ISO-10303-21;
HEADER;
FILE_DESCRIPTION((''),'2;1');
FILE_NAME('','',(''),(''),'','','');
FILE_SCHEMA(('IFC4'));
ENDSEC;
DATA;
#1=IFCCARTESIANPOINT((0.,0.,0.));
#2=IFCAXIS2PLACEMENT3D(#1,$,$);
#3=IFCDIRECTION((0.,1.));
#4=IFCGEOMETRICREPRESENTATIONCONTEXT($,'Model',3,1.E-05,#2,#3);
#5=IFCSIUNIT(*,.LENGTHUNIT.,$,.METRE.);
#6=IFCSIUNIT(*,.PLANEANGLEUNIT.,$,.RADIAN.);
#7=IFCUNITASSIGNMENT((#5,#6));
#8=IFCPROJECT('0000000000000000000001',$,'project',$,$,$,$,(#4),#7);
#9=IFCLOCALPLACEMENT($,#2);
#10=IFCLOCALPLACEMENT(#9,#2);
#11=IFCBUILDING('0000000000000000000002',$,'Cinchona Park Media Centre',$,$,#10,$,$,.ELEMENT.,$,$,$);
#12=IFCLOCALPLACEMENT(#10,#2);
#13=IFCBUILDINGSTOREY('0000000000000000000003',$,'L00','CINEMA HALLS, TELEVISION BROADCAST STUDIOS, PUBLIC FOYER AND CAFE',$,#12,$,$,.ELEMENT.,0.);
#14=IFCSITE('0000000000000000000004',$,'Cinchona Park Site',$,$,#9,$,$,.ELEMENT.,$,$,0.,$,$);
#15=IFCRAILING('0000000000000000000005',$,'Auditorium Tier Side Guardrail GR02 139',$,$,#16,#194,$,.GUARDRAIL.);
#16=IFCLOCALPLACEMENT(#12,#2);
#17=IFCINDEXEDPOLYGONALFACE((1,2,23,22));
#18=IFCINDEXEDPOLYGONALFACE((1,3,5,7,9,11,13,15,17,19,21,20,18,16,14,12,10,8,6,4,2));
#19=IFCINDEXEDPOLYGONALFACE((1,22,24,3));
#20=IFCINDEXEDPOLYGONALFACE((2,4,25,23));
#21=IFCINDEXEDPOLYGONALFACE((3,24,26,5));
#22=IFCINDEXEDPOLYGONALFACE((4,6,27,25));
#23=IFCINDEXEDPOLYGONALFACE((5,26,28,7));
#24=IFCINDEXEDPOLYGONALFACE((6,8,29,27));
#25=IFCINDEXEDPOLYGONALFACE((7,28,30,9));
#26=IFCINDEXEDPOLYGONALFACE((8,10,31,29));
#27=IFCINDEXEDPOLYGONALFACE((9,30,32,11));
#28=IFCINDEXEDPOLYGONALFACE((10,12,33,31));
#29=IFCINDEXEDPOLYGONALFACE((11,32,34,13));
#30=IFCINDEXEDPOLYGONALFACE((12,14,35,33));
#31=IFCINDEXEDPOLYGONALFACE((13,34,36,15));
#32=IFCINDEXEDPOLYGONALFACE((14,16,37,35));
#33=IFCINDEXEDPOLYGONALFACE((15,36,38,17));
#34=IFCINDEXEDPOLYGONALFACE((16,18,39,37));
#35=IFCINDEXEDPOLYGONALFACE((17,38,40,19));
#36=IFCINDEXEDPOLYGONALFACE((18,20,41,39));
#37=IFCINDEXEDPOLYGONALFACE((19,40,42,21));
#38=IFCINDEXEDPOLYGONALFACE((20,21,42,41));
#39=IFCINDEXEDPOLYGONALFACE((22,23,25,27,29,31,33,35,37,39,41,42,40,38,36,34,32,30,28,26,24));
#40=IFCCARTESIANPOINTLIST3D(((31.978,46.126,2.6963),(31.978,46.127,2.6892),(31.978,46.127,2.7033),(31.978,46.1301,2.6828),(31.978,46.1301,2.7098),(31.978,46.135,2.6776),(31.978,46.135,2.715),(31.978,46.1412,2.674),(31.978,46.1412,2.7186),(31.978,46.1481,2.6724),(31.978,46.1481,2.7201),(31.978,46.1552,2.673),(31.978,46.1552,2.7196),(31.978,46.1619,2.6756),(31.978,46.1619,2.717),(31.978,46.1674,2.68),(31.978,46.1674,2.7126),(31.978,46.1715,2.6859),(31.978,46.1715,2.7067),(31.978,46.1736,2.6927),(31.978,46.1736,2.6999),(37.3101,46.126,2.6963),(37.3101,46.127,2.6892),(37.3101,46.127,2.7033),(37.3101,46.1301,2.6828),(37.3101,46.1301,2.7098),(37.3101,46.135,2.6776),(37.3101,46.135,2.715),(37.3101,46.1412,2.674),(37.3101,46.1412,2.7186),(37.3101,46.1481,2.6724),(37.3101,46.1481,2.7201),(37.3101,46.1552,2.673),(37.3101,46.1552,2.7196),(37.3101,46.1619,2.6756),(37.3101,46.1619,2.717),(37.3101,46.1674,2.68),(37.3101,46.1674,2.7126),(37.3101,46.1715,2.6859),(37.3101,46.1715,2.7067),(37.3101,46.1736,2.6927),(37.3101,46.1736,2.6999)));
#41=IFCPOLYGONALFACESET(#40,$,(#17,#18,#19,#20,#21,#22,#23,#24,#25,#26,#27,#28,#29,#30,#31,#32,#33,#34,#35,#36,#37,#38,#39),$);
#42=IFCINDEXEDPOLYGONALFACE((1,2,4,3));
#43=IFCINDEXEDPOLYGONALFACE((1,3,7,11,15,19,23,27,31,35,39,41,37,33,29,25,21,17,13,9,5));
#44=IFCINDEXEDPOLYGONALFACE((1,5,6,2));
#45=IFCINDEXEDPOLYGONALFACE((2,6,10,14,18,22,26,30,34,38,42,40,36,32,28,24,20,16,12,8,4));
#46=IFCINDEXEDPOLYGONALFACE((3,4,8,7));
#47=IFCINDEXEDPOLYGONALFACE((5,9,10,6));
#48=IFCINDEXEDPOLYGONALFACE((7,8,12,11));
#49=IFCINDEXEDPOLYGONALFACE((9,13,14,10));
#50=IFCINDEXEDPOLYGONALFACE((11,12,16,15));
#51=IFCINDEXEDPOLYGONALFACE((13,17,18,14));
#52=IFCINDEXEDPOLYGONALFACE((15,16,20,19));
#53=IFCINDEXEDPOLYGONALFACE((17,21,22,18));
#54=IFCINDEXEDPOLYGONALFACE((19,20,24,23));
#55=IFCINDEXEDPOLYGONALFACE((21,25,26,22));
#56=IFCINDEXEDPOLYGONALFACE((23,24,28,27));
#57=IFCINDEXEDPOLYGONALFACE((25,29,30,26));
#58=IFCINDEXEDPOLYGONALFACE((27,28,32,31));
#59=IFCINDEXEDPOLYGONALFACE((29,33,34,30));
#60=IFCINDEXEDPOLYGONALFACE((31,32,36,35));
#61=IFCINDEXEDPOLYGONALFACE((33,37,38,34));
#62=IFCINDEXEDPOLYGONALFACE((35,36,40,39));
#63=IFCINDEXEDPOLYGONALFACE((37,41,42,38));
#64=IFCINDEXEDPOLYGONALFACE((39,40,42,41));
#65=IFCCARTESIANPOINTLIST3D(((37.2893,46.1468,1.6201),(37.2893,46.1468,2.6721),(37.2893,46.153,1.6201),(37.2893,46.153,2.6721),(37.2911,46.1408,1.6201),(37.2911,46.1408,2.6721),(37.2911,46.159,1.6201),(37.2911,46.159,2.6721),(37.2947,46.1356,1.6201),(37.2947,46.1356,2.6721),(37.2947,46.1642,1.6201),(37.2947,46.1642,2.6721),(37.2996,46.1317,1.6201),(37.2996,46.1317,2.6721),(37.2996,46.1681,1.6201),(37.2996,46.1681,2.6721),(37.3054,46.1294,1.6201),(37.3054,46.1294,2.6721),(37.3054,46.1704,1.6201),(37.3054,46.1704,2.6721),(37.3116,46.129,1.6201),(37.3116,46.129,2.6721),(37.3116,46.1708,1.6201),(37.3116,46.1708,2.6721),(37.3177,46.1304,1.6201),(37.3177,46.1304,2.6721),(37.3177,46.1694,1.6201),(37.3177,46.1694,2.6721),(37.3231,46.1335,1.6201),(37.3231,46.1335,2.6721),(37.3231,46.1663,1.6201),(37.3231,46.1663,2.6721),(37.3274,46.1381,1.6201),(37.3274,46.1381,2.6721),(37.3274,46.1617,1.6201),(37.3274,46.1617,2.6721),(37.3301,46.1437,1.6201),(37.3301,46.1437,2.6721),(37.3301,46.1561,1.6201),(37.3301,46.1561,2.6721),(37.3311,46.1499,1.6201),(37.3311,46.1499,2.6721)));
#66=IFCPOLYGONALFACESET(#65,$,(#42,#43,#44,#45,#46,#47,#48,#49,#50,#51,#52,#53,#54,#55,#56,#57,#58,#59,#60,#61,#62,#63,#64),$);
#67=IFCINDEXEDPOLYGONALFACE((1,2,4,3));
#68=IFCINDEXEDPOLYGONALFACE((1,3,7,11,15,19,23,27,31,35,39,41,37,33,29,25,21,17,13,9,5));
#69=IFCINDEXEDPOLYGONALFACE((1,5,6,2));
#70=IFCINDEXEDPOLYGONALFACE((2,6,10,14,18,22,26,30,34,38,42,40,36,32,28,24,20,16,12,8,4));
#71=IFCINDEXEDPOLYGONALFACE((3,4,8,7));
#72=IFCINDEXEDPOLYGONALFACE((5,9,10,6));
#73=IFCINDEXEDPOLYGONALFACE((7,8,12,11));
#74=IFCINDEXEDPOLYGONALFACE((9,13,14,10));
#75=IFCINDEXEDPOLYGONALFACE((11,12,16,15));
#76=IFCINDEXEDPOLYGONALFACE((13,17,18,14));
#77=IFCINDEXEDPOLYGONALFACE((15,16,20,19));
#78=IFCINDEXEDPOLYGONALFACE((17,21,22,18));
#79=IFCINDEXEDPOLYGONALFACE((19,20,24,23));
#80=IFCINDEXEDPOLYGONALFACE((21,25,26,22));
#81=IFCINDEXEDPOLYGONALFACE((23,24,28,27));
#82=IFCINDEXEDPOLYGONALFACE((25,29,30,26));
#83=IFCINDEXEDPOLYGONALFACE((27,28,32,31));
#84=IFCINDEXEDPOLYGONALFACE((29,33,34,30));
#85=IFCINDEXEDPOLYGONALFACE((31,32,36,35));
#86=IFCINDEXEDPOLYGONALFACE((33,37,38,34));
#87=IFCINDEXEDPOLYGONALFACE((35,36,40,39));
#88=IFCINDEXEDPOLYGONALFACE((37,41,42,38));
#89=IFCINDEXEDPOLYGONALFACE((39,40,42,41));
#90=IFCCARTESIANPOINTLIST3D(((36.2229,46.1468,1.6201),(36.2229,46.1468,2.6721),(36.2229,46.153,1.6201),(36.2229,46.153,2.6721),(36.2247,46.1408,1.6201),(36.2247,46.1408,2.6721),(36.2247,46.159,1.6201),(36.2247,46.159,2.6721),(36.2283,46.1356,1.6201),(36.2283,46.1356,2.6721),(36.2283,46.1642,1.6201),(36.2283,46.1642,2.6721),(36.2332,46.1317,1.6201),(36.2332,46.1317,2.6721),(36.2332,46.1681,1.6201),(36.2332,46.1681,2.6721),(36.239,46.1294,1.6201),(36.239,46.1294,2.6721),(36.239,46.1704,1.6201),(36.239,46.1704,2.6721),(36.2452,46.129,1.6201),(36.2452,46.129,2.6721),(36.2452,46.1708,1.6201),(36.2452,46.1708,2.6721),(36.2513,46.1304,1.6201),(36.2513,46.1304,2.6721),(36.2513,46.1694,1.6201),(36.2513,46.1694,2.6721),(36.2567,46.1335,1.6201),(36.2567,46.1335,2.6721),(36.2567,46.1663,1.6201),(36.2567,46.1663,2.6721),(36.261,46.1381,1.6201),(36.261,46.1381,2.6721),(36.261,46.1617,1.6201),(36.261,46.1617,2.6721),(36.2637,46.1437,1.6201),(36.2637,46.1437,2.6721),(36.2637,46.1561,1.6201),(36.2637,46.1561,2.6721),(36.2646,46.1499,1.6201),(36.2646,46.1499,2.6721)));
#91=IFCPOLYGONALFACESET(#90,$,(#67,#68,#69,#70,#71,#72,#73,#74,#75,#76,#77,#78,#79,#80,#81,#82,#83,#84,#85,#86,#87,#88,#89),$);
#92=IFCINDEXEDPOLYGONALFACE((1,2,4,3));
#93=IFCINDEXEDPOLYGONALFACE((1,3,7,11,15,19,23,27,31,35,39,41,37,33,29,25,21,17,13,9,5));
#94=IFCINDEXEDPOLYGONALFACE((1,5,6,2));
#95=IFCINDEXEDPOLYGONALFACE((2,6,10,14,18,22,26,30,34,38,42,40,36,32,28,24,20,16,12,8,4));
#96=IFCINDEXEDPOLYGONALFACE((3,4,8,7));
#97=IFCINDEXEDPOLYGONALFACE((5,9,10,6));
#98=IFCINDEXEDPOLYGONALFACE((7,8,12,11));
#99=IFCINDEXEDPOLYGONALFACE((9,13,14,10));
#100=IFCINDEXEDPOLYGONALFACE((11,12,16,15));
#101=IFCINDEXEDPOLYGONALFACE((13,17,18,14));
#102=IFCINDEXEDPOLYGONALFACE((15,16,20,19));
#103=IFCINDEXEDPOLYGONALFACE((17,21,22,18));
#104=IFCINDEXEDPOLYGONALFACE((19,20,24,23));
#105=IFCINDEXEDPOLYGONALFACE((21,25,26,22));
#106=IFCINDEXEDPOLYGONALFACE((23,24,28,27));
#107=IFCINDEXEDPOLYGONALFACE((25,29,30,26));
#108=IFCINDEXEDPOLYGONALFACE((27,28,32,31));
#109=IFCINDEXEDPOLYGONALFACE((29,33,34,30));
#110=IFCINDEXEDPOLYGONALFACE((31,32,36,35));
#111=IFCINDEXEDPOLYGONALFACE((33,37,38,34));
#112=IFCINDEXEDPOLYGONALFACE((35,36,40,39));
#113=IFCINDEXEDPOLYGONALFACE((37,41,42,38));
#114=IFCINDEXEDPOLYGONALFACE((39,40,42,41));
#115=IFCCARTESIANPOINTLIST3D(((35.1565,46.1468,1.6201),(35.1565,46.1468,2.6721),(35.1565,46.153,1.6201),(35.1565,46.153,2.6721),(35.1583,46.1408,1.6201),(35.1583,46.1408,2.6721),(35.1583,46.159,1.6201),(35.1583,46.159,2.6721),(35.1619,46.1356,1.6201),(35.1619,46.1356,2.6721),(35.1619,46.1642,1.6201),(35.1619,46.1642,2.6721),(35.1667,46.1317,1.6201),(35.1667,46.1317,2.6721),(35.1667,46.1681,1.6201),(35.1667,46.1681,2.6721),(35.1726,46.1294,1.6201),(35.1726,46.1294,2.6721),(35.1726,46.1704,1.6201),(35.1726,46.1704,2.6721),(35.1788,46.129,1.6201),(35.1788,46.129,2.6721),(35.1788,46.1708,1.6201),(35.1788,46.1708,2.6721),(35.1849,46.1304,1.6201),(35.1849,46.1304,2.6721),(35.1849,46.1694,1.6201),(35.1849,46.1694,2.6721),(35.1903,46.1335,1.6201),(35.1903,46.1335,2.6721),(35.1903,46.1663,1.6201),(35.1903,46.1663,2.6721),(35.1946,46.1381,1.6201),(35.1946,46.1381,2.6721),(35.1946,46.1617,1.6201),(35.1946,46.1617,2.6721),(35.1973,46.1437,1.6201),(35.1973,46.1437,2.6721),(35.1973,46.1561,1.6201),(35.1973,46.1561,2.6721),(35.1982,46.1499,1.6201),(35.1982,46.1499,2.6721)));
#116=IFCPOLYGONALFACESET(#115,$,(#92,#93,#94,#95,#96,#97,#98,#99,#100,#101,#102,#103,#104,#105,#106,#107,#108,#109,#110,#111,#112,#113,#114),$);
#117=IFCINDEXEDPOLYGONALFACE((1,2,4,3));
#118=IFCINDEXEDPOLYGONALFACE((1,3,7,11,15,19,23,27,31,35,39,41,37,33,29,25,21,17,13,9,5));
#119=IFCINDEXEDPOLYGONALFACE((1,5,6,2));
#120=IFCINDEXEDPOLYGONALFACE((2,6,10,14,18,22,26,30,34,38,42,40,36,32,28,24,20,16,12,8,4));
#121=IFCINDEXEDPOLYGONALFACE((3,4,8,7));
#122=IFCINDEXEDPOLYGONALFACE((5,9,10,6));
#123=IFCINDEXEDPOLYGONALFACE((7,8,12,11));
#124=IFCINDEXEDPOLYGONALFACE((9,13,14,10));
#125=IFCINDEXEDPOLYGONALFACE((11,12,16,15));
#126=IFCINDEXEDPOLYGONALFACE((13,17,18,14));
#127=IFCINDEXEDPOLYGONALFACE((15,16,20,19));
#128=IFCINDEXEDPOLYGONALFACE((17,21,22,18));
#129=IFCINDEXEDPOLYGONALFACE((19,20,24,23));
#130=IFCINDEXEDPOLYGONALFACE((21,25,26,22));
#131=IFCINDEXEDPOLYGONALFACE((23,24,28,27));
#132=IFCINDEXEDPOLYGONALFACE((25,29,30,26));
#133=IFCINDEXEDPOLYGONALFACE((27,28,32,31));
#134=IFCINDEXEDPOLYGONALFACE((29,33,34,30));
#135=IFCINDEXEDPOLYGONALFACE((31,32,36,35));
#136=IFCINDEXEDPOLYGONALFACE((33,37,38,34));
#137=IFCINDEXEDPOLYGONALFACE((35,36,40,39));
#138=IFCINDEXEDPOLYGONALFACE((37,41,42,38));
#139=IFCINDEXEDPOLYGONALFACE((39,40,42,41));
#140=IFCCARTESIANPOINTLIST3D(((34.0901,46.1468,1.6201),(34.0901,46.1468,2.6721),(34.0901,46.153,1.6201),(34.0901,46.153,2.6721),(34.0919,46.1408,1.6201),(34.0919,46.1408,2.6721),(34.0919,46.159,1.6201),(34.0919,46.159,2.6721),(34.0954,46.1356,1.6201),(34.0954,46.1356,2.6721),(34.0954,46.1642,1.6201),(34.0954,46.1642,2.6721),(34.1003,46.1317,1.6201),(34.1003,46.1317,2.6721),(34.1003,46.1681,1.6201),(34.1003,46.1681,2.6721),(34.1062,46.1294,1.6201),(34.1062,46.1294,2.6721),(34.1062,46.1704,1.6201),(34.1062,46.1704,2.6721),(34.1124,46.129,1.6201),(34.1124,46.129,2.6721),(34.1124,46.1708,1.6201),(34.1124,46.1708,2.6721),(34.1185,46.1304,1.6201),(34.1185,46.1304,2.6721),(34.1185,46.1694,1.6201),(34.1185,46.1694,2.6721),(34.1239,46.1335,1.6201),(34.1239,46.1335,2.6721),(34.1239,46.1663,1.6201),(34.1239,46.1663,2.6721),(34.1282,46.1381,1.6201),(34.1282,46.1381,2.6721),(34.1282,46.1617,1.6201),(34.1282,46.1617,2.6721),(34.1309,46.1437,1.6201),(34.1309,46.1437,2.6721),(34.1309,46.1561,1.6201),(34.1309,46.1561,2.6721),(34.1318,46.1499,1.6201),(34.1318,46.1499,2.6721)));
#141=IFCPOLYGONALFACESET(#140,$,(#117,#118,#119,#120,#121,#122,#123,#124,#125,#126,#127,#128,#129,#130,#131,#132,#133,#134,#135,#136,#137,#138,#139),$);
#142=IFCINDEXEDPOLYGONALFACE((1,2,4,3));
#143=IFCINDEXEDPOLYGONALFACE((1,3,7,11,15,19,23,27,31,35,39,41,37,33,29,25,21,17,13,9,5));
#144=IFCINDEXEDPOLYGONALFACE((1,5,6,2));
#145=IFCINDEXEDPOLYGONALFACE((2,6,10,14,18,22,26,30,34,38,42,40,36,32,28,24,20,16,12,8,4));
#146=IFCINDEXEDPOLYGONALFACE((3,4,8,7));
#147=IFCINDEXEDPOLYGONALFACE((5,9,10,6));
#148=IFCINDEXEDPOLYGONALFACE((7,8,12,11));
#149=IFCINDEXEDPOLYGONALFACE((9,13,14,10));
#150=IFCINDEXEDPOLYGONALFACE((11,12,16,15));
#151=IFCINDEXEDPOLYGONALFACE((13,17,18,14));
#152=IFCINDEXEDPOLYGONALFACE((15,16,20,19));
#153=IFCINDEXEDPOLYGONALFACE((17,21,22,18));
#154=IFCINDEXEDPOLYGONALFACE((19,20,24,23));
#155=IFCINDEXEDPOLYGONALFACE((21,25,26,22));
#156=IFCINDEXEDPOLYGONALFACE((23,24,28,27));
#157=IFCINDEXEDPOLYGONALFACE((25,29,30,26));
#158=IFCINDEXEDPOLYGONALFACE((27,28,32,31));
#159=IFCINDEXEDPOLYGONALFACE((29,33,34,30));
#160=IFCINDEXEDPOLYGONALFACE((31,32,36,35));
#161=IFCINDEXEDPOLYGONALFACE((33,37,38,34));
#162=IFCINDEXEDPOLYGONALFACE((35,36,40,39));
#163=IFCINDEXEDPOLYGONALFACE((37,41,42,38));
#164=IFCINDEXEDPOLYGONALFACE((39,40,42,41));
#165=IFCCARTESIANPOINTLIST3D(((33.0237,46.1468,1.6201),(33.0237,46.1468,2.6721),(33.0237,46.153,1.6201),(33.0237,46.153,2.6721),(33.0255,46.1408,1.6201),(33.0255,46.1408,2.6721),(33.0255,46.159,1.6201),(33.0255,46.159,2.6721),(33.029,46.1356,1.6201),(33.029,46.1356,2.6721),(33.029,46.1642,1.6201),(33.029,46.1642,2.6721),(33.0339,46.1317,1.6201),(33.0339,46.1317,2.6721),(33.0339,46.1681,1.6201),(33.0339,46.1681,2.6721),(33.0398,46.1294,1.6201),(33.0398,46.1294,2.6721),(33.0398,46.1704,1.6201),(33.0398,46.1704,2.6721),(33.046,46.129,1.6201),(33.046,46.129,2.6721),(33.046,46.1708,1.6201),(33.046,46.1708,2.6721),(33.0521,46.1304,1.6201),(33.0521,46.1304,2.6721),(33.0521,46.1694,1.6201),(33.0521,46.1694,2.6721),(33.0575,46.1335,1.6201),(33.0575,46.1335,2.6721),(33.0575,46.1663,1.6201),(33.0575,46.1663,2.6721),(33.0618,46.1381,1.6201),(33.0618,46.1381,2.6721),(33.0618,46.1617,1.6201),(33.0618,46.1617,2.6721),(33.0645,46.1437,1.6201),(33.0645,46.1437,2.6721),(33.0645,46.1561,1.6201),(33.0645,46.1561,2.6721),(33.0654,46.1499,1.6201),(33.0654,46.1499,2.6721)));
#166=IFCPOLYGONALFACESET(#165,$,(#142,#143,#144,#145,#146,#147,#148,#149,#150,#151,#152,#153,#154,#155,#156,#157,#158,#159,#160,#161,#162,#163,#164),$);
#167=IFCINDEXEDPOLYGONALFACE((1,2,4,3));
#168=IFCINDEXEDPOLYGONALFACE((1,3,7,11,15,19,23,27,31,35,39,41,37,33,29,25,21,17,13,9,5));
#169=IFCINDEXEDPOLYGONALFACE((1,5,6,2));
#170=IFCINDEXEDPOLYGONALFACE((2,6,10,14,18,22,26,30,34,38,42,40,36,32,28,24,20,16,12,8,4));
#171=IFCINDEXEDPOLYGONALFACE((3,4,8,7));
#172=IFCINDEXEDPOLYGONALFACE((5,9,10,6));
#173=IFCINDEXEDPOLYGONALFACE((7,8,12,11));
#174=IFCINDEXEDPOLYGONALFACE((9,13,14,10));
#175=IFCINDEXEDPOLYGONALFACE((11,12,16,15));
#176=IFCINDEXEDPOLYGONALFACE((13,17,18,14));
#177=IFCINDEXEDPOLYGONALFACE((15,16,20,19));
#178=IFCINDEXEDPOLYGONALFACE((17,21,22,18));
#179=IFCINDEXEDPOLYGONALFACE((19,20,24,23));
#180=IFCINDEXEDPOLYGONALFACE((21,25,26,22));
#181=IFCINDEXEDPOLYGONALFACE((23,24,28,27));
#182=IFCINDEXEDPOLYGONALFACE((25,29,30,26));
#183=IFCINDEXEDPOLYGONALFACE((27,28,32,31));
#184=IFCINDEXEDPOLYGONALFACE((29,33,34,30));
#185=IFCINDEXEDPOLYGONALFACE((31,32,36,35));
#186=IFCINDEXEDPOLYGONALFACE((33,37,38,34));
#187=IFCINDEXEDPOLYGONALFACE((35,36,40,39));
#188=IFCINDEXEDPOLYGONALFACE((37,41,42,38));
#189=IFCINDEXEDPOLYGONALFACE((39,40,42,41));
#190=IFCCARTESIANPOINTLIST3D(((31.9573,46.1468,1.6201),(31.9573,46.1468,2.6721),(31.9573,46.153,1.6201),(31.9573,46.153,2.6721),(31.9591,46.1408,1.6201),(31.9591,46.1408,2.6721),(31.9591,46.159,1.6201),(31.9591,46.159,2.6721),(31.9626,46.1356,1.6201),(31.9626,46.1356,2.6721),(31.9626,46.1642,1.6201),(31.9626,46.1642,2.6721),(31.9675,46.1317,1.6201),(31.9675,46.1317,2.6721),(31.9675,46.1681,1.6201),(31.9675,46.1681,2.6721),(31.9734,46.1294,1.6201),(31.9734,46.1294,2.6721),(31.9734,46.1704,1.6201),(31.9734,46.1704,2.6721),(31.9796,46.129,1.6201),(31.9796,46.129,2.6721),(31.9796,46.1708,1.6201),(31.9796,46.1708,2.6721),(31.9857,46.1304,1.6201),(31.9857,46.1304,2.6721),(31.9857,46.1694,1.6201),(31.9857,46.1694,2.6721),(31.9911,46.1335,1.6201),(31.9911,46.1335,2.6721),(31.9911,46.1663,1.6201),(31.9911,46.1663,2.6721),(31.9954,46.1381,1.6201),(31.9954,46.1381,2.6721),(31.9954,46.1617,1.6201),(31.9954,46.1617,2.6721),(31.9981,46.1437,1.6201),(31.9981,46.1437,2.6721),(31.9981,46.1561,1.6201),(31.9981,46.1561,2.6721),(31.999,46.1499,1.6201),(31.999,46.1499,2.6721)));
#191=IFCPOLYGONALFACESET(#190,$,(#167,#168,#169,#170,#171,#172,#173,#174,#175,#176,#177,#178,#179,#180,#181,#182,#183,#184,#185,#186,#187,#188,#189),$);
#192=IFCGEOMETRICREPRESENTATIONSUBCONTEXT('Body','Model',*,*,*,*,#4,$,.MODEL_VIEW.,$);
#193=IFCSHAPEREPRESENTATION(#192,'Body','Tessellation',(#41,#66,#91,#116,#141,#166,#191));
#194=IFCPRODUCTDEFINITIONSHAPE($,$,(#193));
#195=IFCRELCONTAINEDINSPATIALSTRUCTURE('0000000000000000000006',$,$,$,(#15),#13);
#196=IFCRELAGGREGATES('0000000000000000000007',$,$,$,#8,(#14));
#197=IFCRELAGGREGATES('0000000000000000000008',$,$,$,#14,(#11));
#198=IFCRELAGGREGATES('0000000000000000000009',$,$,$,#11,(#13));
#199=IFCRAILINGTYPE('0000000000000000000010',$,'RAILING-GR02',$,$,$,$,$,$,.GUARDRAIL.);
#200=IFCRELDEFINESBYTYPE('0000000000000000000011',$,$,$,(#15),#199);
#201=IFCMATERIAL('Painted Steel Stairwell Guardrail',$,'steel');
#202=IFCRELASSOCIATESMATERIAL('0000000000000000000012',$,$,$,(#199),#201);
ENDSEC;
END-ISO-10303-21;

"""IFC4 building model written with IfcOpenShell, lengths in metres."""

from ifc_helpers import new_model, si_unit, direction, frame, origin, origin_2d, place, context, subcontext, project, spatial, circle, extrude, material, type_object, element, save


model = new_model("IFC4")

# Units and contexts
model_context = context("Model", 3, precision=1e-05, world=origin(), true_north=direction((0.0, 1.0)))
body_context = subcontext(model_context, "Body", "Model", "MODEL_VIEW")
ifc_project = project(units=[si_unit("LENGTHUNIT", "METRE"), si_unit("PLANEANGLEUNIT", "RADIAN")], contexts=[model_context])

# Site, building, storey
site_placement = place(None, origin())
site = spatial("IfcSite", under=ifc_project, at=site_placement, Name="Cinchona Park Site", CompositionType="ELEMENT", RefElevation=0.0)
building_placement = place(site_placement, origin())
building = spatial("IfcBuilding", under=site, at=building_placement, Name="Cinchona Park Media Centre", CompositionType="ELEMENT")
storey_placement = place(building_placement, origin())
storey = spatial("IfcBuildingStorey", under=building, at=storey_placement, Name="L00", Description="CINEMA HALLS, TELEVISION BROADCAST STUDIOS, PUBLIC FOYER AND CAFE", CompositionType="ELEMENT", Elevation=0.0)

# Railing
ifc_material_1 = material(Name="Painted Steel Stairwell Guardrail", Category="steel")
railing_type_1 = type_object("IfcRailingType", Name="RAILING-GR02", PredefinedType="GUARDRAIL", material=ifc_material_1)
railing_1_placement = place(storey_placement, frame((37.3101, 46.1499, 1.6201)))
element("IfcRailing", 1, at=railing_1_placement, inside=storey, type_object=railing_type_1, Name="Auditorium Tier Side Guardrail GR02 139", PredefinedType="GUARDRAIL", context=body_context, shape_type="SweptSolid", body=[
    extrude(circle(Radius=0.0239, at=origin_2d()), frame((0.0, 0.0, 1.0762), z_axis=(-1.0, 0.0, 0.0), x_axis=(0.0, -1.0, 0.0)), (0.0, 0.0, 1.0), 5.332),
    extrude(circle(Radius=0.021, at=origin_2d()), origin(), (0.0, 0.0, 1.0), 1.052),
    extrude(circle(Radius=0.021, at=origin_2d()), frame((-1.0664, 0.0, 0.0)), (0.0, 0.0, 1.0), 1.052),
    extrude(circle(Radius=0.021, at=origin_2d()), frame((-2.1328, 0.0, 0.0)), (0.0, 0.0, 1.0), 1.052),
    extrude(circle(Radius=0.021, at=origin_2d()), frame((-3.1992, 0.0, 0.0)), (0.0, 0.0, 1.0), 1.052),
    extrude(circle(Radius=0.021, at=origin_2d()), frame((-4.2656, 0.0, 0.0)), (0.0, 0.0, 1.0), 1.052),
    extrude(circle(Radius=0.021, at=origin_2d()), frame((-5.332, 0.0, 0.0)), (0.0, 0.0, 1.0), 1.052),
])

save(model, "model.ifc")
